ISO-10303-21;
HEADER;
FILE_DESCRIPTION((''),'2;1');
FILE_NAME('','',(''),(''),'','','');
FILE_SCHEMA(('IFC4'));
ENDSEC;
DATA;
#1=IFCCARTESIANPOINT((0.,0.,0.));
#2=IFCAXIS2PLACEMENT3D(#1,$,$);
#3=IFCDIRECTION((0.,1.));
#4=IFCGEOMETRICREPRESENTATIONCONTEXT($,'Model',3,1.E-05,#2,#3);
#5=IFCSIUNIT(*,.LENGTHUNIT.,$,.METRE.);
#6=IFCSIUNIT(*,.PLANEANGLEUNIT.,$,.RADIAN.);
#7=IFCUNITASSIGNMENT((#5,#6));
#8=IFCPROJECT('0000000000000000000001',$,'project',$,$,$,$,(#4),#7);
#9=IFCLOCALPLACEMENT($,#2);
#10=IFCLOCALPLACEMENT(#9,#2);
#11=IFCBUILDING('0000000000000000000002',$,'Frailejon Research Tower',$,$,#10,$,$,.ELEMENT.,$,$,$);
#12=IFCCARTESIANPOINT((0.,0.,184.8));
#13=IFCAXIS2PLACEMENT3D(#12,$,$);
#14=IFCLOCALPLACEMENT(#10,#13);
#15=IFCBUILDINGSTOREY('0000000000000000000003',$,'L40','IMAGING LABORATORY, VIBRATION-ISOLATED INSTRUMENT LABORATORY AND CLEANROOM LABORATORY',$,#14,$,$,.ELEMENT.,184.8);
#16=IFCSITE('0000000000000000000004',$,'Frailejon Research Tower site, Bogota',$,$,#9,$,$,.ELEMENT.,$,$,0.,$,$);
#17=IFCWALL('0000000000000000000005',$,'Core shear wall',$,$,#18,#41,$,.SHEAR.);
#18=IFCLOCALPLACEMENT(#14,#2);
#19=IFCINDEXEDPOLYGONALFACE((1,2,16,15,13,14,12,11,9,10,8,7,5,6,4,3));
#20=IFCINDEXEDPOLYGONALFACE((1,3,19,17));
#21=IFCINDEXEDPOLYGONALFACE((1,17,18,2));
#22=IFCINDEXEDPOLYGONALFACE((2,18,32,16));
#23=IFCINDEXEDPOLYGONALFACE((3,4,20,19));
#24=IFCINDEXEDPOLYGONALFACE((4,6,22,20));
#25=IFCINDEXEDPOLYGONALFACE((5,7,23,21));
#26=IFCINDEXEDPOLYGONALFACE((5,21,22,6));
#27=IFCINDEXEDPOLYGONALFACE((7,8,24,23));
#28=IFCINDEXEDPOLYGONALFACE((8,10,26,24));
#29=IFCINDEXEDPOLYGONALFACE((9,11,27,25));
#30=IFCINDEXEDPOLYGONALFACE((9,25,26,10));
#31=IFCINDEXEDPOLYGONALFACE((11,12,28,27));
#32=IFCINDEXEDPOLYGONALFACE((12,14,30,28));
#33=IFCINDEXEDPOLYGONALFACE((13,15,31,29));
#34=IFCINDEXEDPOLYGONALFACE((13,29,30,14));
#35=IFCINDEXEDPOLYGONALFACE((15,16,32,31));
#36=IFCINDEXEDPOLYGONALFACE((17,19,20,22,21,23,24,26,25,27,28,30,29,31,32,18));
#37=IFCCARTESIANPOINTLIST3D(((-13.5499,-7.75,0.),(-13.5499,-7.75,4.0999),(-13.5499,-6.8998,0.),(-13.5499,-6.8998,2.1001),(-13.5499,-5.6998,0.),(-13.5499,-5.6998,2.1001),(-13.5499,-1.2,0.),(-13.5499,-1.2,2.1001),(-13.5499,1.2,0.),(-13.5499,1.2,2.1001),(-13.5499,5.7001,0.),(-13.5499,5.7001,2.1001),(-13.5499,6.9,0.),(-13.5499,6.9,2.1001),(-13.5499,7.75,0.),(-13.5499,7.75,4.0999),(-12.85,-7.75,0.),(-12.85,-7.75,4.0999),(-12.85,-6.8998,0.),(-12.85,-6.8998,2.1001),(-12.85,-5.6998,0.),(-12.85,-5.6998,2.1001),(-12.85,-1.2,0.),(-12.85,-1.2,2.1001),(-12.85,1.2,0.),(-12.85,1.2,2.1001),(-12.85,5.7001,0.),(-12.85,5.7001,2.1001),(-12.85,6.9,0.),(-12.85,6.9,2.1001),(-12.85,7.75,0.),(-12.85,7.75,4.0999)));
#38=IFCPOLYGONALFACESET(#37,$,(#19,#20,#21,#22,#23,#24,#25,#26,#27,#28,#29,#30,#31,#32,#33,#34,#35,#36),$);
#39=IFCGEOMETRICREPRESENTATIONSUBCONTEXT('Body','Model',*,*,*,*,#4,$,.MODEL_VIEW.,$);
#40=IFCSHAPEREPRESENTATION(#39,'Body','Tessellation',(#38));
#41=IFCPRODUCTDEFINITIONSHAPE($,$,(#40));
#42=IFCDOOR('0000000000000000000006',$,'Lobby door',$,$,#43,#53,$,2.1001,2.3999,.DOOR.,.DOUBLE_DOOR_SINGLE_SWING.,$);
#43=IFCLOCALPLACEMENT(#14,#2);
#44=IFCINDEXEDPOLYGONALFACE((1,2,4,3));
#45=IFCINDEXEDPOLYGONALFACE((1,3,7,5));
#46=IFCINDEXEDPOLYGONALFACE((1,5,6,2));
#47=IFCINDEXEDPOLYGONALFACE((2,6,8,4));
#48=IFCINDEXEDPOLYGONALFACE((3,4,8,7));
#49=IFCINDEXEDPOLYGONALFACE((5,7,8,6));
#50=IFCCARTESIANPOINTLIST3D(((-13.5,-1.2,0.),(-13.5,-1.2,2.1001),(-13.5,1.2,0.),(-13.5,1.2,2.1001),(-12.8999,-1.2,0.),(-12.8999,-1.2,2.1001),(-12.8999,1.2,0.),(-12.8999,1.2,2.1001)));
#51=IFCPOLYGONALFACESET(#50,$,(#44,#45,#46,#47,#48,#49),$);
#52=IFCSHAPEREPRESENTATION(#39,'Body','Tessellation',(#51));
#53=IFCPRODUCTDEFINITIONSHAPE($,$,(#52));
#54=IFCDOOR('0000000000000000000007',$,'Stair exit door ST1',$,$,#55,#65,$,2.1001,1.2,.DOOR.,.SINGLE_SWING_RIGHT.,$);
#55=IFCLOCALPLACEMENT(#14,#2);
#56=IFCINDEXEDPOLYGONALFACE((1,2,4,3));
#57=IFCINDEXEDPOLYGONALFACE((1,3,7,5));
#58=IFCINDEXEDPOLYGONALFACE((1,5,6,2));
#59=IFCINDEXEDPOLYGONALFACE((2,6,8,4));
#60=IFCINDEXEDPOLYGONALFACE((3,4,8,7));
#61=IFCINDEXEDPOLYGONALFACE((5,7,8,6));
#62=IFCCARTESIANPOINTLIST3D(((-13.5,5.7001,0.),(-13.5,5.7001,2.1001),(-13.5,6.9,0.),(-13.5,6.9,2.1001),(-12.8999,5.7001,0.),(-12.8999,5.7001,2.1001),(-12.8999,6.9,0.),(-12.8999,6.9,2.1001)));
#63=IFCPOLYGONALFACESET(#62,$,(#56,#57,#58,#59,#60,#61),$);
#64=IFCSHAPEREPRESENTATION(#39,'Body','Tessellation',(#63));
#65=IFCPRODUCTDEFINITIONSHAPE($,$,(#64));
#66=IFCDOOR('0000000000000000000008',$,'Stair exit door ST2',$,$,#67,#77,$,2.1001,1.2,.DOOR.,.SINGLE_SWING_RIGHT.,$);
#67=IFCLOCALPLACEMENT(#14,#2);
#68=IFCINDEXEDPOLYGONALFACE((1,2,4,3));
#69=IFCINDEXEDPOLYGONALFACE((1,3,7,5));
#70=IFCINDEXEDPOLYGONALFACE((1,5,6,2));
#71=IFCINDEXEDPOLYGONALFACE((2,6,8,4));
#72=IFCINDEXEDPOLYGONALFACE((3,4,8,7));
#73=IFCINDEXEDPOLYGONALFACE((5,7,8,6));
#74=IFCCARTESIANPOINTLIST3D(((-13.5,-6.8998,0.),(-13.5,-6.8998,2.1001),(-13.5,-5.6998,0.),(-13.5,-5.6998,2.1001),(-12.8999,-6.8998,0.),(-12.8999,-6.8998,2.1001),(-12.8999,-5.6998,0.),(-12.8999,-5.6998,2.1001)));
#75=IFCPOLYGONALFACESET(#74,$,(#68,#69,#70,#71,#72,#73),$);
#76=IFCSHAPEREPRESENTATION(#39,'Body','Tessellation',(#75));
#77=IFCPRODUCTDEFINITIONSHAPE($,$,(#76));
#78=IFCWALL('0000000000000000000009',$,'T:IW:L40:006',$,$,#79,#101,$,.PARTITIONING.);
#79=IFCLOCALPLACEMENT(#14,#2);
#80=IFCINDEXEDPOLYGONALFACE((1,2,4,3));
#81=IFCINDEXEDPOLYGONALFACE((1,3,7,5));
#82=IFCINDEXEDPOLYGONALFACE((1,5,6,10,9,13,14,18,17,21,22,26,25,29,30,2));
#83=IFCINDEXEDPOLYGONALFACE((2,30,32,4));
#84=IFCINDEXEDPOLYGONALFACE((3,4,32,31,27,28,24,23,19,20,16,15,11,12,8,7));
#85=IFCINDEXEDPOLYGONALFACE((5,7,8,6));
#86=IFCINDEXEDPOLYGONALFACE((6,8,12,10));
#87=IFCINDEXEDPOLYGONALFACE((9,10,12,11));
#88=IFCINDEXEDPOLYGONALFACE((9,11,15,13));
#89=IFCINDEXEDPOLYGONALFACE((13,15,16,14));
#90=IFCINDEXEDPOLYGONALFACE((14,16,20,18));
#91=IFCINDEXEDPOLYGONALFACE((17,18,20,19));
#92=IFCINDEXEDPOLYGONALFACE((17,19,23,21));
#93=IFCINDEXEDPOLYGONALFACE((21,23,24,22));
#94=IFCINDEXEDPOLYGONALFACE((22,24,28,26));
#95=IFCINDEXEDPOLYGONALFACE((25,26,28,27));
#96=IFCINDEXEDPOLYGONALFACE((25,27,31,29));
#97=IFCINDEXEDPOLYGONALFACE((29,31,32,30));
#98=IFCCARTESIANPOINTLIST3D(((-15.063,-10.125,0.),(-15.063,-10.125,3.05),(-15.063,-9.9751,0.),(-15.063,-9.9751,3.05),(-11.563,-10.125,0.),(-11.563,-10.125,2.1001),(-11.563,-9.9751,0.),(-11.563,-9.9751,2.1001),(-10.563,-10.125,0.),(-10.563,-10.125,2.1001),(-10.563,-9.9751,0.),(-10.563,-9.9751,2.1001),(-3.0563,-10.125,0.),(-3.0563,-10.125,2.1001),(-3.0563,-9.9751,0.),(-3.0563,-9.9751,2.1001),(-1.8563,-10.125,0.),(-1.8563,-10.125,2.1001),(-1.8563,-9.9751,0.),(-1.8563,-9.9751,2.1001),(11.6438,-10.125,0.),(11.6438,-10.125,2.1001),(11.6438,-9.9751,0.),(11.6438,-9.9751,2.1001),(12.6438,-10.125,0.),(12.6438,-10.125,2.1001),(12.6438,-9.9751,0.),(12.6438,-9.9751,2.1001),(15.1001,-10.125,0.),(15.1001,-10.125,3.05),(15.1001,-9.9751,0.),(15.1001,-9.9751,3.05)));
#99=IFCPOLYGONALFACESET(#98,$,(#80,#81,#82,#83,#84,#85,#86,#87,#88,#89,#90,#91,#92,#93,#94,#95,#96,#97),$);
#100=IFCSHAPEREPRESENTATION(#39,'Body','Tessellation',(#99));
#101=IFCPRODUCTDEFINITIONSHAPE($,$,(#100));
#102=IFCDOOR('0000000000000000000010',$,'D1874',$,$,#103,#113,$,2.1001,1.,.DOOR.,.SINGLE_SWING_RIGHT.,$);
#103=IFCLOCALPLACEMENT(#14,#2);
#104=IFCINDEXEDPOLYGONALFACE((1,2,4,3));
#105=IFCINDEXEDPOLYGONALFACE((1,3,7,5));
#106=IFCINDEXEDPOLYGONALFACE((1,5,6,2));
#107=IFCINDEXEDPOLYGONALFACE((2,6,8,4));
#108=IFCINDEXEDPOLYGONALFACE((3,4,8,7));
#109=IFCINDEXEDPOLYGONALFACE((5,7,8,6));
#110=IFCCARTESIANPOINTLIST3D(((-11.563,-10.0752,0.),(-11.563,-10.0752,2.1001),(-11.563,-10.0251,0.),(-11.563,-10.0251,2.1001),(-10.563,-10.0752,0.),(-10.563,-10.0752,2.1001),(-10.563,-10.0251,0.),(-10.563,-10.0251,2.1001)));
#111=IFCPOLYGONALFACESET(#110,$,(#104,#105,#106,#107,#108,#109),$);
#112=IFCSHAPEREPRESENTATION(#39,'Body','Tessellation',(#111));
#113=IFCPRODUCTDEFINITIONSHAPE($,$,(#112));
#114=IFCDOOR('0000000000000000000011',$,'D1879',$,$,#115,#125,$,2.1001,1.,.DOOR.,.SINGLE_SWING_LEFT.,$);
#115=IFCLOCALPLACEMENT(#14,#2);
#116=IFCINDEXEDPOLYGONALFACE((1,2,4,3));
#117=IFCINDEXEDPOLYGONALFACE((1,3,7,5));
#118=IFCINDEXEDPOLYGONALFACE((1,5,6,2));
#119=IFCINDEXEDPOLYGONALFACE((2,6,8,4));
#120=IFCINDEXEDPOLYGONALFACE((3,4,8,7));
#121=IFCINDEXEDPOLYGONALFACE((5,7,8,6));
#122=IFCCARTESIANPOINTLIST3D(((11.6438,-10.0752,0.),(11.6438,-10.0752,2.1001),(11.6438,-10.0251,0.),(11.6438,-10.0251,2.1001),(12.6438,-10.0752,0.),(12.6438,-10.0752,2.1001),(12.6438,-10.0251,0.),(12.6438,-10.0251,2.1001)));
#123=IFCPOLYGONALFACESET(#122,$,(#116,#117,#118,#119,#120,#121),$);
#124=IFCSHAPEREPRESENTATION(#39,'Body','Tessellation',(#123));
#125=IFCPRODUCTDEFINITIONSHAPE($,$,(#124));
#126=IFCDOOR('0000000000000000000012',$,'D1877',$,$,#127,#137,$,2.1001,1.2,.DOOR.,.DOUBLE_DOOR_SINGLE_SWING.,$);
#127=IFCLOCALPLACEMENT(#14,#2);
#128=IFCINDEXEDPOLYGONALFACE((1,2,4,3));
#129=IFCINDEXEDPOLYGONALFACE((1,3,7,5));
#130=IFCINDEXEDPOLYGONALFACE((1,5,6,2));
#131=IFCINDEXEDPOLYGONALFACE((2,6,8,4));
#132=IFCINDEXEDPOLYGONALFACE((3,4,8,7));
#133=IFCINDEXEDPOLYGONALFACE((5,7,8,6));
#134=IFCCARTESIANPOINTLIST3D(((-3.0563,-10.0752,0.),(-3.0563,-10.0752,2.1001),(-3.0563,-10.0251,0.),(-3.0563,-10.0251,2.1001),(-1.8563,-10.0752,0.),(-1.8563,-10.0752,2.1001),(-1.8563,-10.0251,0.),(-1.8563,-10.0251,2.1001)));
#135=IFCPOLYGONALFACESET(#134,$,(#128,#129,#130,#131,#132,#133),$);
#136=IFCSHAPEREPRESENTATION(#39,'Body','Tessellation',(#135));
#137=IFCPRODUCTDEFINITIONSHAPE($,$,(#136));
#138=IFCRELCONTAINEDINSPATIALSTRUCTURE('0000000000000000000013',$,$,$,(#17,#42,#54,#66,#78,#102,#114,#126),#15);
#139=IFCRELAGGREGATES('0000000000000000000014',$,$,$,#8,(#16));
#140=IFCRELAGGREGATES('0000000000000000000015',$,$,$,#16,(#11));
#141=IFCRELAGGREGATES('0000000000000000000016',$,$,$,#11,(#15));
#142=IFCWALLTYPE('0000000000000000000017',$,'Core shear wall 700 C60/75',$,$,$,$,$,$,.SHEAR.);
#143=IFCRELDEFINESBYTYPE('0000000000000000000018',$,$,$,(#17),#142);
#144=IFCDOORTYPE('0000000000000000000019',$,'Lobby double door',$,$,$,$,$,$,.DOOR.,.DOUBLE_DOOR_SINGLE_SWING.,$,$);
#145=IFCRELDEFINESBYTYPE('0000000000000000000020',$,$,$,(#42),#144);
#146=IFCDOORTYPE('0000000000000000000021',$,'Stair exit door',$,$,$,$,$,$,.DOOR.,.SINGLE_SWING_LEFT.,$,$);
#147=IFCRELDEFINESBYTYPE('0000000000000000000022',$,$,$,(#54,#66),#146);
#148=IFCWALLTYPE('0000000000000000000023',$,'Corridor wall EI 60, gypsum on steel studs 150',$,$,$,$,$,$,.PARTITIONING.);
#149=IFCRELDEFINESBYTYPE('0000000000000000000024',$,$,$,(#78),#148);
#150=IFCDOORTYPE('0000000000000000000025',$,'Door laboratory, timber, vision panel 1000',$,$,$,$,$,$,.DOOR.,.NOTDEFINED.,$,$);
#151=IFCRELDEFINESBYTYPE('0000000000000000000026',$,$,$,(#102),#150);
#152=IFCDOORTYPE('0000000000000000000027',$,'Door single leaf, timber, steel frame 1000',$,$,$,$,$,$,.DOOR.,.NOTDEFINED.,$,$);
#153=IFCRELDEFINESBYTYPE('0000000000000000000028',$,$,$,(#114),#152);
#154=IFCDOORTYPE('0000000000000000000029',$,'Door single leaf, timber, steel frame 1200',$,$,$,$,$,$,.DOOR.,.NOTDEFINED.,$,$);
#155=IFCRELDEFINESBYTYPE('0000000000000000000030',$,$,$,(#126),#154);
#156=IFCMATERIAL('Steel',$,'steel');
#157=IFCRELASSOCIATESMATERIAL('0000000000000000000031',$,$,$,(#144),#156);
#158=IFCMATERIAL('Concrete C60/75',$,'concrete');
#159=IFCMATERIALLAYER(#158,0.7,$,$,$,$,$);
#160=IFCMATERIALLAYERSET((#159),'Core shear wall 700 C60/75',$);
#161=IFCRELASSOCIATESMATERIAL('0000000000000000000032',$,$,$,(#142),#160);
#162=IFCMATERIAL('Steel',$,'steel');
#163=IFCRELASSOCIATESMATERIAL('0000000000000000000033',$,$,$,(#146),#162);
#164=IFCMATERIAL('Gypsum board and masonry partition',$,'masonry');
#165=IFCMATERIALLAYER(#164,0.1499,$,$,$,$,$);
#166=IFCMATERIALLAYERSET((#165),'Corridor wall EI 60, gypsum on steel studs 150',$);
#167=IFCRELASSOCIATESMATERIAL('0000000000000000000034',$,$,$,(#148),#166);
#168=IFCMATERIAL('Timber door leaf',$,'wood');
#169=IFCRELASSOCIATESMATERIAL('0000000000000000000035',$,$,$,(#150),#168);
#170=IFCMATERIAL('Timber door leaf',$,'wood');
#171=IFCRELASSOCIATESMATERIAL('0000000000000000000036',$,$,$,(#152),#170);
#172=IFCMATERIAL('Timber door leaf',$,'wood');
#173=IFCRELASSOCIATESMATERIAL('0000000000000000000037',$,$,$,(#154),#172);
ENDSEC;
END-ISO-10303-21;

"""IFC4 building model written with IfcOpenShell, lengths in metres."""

from ifc_helpers import new_model, si_unit, direction, frame, frame_2d, origin, place, context, subcontext, project, spatial, rectangle, extrude, material, layer, layer_set, type_object, element, fill, save


model = new_model("IFC4")

# Units and contexts
model_context = context("Model", 3, precision=1e-05, world=origin(), true_north=direction((0.0, 1.0)))
body_context = subcontext(model_context, "Body", "Model", "MODEL_VIEW")
ifc_project = project(units=[si_unit("LENGTHUNIT", "METRE"), si_unit("PLANEANGLEUNIT", "RADIAN")], contexts=[model_context])

# Site, building, storey
site_placement = place(None, origin())
site = spatial("IfcSite", under=ifc_project, at=site_placement, Name="Frailejon Research Tower site, Bogota", CompositionType="ELEMENT", RefElevation=0.0)
building_placement = place(site_placement, origin())
building = spatial("IfcBuilding", under=site, at=building_placement, Name="Frailejon Research Tower", CompositionType="ELEMENT")
storey_placement = place(building_placement, frame((0.0, 0.0, 184.8)))
storey = spatial("IfcBuildingStorey", under=building, at=storey_placement, Name="L40", Description="IMAGING LABORATORY, VIBRATION-ISOLATED INSTRUMENT LABORATORY AND CLEANROOM LABORATORY", CompositionType="ELEMENT", Elevation=184.8)

# Shared definitions
ifc_material_1 = material(Name="Steel", Category="steel")
door_type_1 = type_object("IfcDoorType", Name="Lobby double door", OperationType="DOUBLE_DOOR_SINGLE_SWING", PredefinedType="DOOR", material=ifc_material_1)

# Shared definitions
ifc_material_2 = material(Name="Concrete C60/75", Category="concrete")
ifc_layer_1 = layer(ifc_material_2, 0.7)
ifc_layer_set_1 = layer_set([ifc_layer_1], Name="Core shear wall 700 C60/75")
wall_type_1 = type_object("IfcWallType", Name="Core shear wall 700 C60/75", PredefinedType="SHEAR", material=ifc_layer_set_1)

# Walls, openings, doors
wall_1_placement = place(storey_placement, frame((-13.2, -7.75, 0.0), z_axis=(0.0, 0.0, 1.0), x_axis=(0.0, 1.0, 0.0)))
wall_1 = element("IfcWall", 1, at=wall_1_placement, inside=storey, type_object=wall_type_1, Name="Core shear wall", PredefinedType="SHEAR", context=body_context, shape_type="SweptSolid", body=[
    extrude(rectangle(XDim=15.5, YDim=0.7, at=frame_2d((7.75, 0.0))), origin(), (0.0, 0.0, 1.0), 4.0999),
])
opening_1_placement = place(wall_1_placement, frame((6.55, 0.0, 0.0)))
opening_1 = element("IfcOpeningElement", 2, at=opening_1_placement, cuts=wall_1, PredefinedType="OPENING", context=body_context, shape_type="SweptSolid", body=[
    extrude(rectangle(XDim=2.3999, YDim=2.1001, at=frame_2d((1.2, 1.05))), frame((0.0, 0.3599, 0.0), z_axis=(0.0, -1.0, 0.0), x_axis=(1.0, 0.0, 0.0)), (0.0, 0.0, 1.0), 0.72),
])
opening_2_placement = place(wall_1_placement, frame((13.45, 0.0, 0.0)))
opening_2 = element("IfcOpeningElement", 3, at=opening_2_placement, cuts=wall_1, PredefinedType="OPENING", context=body_context, shape_type="SweptSolid", body=[
    extrude(rectangle(XDim=1.2, YDim=2.1001, at=frame_2d((0.6001, 1.05))), frame((0.0, 0.3599, 0.0), z_axis=(0.0, -1.0, 0.0), x_axis=(1.0, 0.0, 0.0)), (0.0, 0.0, 1.0), 0.72),
])
opening_3_placement = place(wall_1_placement, frame((0.8501, 0.0, 0.0)))
opening_3 = element("IfcOpeningElement", 4, at=opening_3_placement, cuts=wall_1, PredefinedType="OPENING", context=body_context, shape_type="SweptSolid", body=[
    extrude(rectangle(XDim=1.2, YDim=2.1001, at=frame_2d((0.6001, 1.05))), frame((0.0, 0.3599, 0.0), z_axis=(0.0, -1.0, 0.0), x_axis=(1.0, 0.0, 0.0)), (0.0, 0.0, 1.0), 0.72),
])
door_1_placement = place(opening_1_placement, origin())
door_1 = element("IfcDoor", 5, at=door_1_placement, inside=storey, type_object=door_type_1, Name="Lobby door", OperationType="DOUBLE_DOOR_SINGLE_SWING", OverallHeight=2.1001, OverallWidth=2.3999, PredefinedType="DOOR", context=body_context, shape_type="SweptSolid", body=[
    extrude(rectangle(XDim=2.3999, YDim=2.1001, at=frame_2d((1.2, 1.05))), frame((0.0, 0.3, 0.0), z_axis=(0.0, -1.0, 0.0), x_axis=(1.0, 0.0, 0.0)), (0.0, 0.0, 1.0), 0.6001),
])
fill(opening_1, door_1)
ifc_material_3 = material(Name="Steel", Category="steel")
door_type_2 = type_object("IfcDoorType", Name="Stair exit door", OperationType="SINGLE_SWING_LEFT", PredefinedType="DOOR", material=ifc_material_3)
door_2_placement = place(opening_2_placement, origin())
door_2 = element("IfcDoor", 6, at=door_2_placement, inside=storey, type_object=door_type_2, Name="Stair exit door ST1", OperationType="SINGLE_SWING_RIGHT", OverallHeight=2.1001, OverallWidth=1.2, PredefinedType="DOOR", context=body_context, shape_type="SweptSolid", body=[
    extrude(rectangle(XDim=1.2, YDim=2.1001, at=frame_2d((0.6001, 1.05))), frame((0.0, 0.3, 0.0), z_axis=(0.0, -1.0, 0.0), x_axis=(1.0, 0.0, 0.0)), (0.0, 0.0, 1.0), 0.6001),
])
fill(opening_2, door_2)
door_3_placement = place(opening_3_placement, origin())
door_3 = element("IfcDoor", 7, at=door_3_placement, inside=storey, type_object=door_type_2, Name="Stair exit door ST2", OperationType="SINGLE_SWING_RIGHT", OverallHeight=2.1001, OverallWidth=1.2, PredefinedType="DOOR", context=body_context, shape_type="SweptSolid", body=[
    extrude(rectangle(XDim=1.2, YDim=2.1001, at=frame_2d((0.6001, 1.05))), frame((0.0, 0.3, 0.0), z_axis=(0.0, -1.0, 0.0), x_axis=(1.0, 0.0, 0.0)), (0.0, 0.0, 1.0), 0.6001),
])
fill(opening_3, door_3)
ifc_material_4 = material(Name="Gypsum board and masonry partition", Category="masonry")
ifc_layer_2 = layer(ifc_material_4, 0.1499)
ifc_layer_set_2 = layer_set([ifc_layer_2], Name="Corridor wall EI 60, gypsum on steel studs 150")
wall_type_2 = type_object("IfcWallType", Name="Corridor wall EI 60, gypsum on steel studs 150", PredefinedType="PARTITIONING", material=ifc_layer_set_2)
wall_2_placement = place(storey_placement, frame((-15.063, -10.05, 0.0), z_axis=(0.0, 0.0, 1.0), x_axis=(1.0, 0.0, 0.0)))
wall_2 = element("IfcWall", 8, at=wall_2_placement, inside=storey, type_object=wall_type_2, Name="T:IW:L40:006", PredefinedType="PARTITIONING", context=body_context, shape_type="SweptSolid", body=[
    extrude(rectangle(XDim=30.1631, YDim=0.1499, at=frame_2d((15.0815, 0.0))), origin(), (0.0, 0.0, 1.0), 3.05),
])
opening_4_placement = place(wall_2_placement, frame((3.5, 0.0, 0.0)))
opening_4 = element("IfcOpeningElement", 9, at=opening_4_placement, cuts=wall_2, PredefinedType="OPENING", context=body_context, shape_type="SweptSolid", body=[
    extrude(rectangle(XDim=1.0, YDim=2.1001, at=frame_2d((0.5, 1.05))), frame((0.0, 0.085, 0.0), z_axis=(0.0, -1.0, 0.0), x_axis=(1.0, 0.0, 0.0)), (0.0, 0.0, 1.0), 0.1699),
])
opening_5_placement = place(wall_2_placement, frame((12.0066, 0.0, 0.0)))
opening_5 = element("IfcOpeningElement", 10, at=opening_5_placement, cuts=wall_2, PredefinedType="OPENING", context=body_context, shape_type="SweptSolid", body=[
    extrude(rectangle(XDim=1.2, YDim=2.1001, at=frame_2d((0.6001, 1.05))), frame((0.0, 0.085, 0.0), z_axis=(0.0, -1.0, 0.0), x_axis=(1.0, 0.0, 0.0)), (0.0, 0.0, 1.0), 0.1699),
])
opening_6_placement = place(wall_2_placement, frame((26.7068, 0.0, 0.0)))
opening_6 = element("IfcOpeningElement", 11, at=opening_6_placement, cuts=wall_2, PredefinedType="OPENING", context=body_context, shape_type="SweptSolid", body=[
    extrude(rectangle(XDim=1.0, YDim=2.1001, at=frame_2d((0.5, 1.05))), frame((0.0, 0.085, 0.0), z_axis=(0.0, -1.0, 0.0), x_axis=(1.0, 0.0, 0.0)), (0.0, 0.0, 1.0), 0.1699),
])
ifc_material_5 = material(Name="Timber door leaf", Category="wood")
door_type_3 = type_object("IfcDoorType", Name="Door laboratory, timber, vision panel 1000", OperationType="NOTDEFINED", PredefinedType="DOOR", material=ifc_material_5)
door_4_placement = place(opening_4_placement, origin())
door_4 = element("IfcDoor", 12, at=door_4_placement, inside=storey, type_object=door_type_3, Name="D1874", OperationType="SINGLE_SWING_RIGHT", OverallHeight=2.1001, OverallWidth=1.0, PredefinedType="DOOR", context=body_context, shape_type="SweptSolid", body=[
    extrude(rectangle(XDim=1.0, YDim=2.1001, at=frame_2d((0.5, 1.05))), frame((0.0, 0.0249, 0.0), z_axis=(0.0, -1.0, 0.0), x_axis=(1.0, 0.0, 0.0)), (0.0, 0.0, 1.0), 0.05),
])
fill(opening_4, door_4)
ifc_material_6 = material(Name="Timber door leaf", Category="wood")
door_type_4 = type_object("IfcDoorType", Name="Door single leaf, timber, steel frame 1000", OperationType="NOTDEFINED", PredefinedType="DOOR", material=ifc_material_6)
door_5_placement = place(opening_6_placement, origin())
door_5 = element("IfcDoor", 13, at=door_5_placement, inside=storey, type_object=door_type_4, Name="D1879", OperationType="SINGLE_SWING_LEFT", OverallHeight=2.1001, OverallWidth=1.0, PredefinedType="DOOR", context=body_context, shape_type="SweptSolid", body=[
    extrude(rectangle(XDim=1.0, YDim=2.1001, at=frame_2d((0.5, 1.05))), frame((0.0, 0.0249, 0.0), z_axis=(0.0, -1.0, 0.0), x_axis=(1.0, 0.0, 0.0)), (0.0, 0.0, 1.0), 0.05),
])
fill(opening_6, door_5)
ifc_material_7 = material(Name="Timber door leaf", Category="wood")
door_type_5 = type_object("IfcDoorType", Name="Door single leaf, timber, steel frame 1200", OperationType="NOTDEFINED", PredefinedType="DOOR", material=ifc_material_7)
door_6_placement = place(opening_5_placement, origin())
door_6 = element("IfcDoor", 14, at=door_6_placement, inside=storey, type_object=door_type_5, Name="D1877", OperationType="DOUBLE_DOOR_SINGLE_SWING", OverallHeight=2.1001, OverallWidth=1.2, PredefinedType="DOOR", context=body_context, shape_type="SweptSolid", body=[
    extrude(rectangle(XDim=1.2, YDim=2.1001, at=frame_2d((0.6001, 1.05))), frame((0.0, 0.0249, 0.0), z_axis=(0.0, -1.0, 0.0), x_axis=(1.0, 0.0, 0.0)), (0.0, 0.0, 1.0), 0.05),
])
fill(opening_5, door_6)

save(model, "model.ifc")
